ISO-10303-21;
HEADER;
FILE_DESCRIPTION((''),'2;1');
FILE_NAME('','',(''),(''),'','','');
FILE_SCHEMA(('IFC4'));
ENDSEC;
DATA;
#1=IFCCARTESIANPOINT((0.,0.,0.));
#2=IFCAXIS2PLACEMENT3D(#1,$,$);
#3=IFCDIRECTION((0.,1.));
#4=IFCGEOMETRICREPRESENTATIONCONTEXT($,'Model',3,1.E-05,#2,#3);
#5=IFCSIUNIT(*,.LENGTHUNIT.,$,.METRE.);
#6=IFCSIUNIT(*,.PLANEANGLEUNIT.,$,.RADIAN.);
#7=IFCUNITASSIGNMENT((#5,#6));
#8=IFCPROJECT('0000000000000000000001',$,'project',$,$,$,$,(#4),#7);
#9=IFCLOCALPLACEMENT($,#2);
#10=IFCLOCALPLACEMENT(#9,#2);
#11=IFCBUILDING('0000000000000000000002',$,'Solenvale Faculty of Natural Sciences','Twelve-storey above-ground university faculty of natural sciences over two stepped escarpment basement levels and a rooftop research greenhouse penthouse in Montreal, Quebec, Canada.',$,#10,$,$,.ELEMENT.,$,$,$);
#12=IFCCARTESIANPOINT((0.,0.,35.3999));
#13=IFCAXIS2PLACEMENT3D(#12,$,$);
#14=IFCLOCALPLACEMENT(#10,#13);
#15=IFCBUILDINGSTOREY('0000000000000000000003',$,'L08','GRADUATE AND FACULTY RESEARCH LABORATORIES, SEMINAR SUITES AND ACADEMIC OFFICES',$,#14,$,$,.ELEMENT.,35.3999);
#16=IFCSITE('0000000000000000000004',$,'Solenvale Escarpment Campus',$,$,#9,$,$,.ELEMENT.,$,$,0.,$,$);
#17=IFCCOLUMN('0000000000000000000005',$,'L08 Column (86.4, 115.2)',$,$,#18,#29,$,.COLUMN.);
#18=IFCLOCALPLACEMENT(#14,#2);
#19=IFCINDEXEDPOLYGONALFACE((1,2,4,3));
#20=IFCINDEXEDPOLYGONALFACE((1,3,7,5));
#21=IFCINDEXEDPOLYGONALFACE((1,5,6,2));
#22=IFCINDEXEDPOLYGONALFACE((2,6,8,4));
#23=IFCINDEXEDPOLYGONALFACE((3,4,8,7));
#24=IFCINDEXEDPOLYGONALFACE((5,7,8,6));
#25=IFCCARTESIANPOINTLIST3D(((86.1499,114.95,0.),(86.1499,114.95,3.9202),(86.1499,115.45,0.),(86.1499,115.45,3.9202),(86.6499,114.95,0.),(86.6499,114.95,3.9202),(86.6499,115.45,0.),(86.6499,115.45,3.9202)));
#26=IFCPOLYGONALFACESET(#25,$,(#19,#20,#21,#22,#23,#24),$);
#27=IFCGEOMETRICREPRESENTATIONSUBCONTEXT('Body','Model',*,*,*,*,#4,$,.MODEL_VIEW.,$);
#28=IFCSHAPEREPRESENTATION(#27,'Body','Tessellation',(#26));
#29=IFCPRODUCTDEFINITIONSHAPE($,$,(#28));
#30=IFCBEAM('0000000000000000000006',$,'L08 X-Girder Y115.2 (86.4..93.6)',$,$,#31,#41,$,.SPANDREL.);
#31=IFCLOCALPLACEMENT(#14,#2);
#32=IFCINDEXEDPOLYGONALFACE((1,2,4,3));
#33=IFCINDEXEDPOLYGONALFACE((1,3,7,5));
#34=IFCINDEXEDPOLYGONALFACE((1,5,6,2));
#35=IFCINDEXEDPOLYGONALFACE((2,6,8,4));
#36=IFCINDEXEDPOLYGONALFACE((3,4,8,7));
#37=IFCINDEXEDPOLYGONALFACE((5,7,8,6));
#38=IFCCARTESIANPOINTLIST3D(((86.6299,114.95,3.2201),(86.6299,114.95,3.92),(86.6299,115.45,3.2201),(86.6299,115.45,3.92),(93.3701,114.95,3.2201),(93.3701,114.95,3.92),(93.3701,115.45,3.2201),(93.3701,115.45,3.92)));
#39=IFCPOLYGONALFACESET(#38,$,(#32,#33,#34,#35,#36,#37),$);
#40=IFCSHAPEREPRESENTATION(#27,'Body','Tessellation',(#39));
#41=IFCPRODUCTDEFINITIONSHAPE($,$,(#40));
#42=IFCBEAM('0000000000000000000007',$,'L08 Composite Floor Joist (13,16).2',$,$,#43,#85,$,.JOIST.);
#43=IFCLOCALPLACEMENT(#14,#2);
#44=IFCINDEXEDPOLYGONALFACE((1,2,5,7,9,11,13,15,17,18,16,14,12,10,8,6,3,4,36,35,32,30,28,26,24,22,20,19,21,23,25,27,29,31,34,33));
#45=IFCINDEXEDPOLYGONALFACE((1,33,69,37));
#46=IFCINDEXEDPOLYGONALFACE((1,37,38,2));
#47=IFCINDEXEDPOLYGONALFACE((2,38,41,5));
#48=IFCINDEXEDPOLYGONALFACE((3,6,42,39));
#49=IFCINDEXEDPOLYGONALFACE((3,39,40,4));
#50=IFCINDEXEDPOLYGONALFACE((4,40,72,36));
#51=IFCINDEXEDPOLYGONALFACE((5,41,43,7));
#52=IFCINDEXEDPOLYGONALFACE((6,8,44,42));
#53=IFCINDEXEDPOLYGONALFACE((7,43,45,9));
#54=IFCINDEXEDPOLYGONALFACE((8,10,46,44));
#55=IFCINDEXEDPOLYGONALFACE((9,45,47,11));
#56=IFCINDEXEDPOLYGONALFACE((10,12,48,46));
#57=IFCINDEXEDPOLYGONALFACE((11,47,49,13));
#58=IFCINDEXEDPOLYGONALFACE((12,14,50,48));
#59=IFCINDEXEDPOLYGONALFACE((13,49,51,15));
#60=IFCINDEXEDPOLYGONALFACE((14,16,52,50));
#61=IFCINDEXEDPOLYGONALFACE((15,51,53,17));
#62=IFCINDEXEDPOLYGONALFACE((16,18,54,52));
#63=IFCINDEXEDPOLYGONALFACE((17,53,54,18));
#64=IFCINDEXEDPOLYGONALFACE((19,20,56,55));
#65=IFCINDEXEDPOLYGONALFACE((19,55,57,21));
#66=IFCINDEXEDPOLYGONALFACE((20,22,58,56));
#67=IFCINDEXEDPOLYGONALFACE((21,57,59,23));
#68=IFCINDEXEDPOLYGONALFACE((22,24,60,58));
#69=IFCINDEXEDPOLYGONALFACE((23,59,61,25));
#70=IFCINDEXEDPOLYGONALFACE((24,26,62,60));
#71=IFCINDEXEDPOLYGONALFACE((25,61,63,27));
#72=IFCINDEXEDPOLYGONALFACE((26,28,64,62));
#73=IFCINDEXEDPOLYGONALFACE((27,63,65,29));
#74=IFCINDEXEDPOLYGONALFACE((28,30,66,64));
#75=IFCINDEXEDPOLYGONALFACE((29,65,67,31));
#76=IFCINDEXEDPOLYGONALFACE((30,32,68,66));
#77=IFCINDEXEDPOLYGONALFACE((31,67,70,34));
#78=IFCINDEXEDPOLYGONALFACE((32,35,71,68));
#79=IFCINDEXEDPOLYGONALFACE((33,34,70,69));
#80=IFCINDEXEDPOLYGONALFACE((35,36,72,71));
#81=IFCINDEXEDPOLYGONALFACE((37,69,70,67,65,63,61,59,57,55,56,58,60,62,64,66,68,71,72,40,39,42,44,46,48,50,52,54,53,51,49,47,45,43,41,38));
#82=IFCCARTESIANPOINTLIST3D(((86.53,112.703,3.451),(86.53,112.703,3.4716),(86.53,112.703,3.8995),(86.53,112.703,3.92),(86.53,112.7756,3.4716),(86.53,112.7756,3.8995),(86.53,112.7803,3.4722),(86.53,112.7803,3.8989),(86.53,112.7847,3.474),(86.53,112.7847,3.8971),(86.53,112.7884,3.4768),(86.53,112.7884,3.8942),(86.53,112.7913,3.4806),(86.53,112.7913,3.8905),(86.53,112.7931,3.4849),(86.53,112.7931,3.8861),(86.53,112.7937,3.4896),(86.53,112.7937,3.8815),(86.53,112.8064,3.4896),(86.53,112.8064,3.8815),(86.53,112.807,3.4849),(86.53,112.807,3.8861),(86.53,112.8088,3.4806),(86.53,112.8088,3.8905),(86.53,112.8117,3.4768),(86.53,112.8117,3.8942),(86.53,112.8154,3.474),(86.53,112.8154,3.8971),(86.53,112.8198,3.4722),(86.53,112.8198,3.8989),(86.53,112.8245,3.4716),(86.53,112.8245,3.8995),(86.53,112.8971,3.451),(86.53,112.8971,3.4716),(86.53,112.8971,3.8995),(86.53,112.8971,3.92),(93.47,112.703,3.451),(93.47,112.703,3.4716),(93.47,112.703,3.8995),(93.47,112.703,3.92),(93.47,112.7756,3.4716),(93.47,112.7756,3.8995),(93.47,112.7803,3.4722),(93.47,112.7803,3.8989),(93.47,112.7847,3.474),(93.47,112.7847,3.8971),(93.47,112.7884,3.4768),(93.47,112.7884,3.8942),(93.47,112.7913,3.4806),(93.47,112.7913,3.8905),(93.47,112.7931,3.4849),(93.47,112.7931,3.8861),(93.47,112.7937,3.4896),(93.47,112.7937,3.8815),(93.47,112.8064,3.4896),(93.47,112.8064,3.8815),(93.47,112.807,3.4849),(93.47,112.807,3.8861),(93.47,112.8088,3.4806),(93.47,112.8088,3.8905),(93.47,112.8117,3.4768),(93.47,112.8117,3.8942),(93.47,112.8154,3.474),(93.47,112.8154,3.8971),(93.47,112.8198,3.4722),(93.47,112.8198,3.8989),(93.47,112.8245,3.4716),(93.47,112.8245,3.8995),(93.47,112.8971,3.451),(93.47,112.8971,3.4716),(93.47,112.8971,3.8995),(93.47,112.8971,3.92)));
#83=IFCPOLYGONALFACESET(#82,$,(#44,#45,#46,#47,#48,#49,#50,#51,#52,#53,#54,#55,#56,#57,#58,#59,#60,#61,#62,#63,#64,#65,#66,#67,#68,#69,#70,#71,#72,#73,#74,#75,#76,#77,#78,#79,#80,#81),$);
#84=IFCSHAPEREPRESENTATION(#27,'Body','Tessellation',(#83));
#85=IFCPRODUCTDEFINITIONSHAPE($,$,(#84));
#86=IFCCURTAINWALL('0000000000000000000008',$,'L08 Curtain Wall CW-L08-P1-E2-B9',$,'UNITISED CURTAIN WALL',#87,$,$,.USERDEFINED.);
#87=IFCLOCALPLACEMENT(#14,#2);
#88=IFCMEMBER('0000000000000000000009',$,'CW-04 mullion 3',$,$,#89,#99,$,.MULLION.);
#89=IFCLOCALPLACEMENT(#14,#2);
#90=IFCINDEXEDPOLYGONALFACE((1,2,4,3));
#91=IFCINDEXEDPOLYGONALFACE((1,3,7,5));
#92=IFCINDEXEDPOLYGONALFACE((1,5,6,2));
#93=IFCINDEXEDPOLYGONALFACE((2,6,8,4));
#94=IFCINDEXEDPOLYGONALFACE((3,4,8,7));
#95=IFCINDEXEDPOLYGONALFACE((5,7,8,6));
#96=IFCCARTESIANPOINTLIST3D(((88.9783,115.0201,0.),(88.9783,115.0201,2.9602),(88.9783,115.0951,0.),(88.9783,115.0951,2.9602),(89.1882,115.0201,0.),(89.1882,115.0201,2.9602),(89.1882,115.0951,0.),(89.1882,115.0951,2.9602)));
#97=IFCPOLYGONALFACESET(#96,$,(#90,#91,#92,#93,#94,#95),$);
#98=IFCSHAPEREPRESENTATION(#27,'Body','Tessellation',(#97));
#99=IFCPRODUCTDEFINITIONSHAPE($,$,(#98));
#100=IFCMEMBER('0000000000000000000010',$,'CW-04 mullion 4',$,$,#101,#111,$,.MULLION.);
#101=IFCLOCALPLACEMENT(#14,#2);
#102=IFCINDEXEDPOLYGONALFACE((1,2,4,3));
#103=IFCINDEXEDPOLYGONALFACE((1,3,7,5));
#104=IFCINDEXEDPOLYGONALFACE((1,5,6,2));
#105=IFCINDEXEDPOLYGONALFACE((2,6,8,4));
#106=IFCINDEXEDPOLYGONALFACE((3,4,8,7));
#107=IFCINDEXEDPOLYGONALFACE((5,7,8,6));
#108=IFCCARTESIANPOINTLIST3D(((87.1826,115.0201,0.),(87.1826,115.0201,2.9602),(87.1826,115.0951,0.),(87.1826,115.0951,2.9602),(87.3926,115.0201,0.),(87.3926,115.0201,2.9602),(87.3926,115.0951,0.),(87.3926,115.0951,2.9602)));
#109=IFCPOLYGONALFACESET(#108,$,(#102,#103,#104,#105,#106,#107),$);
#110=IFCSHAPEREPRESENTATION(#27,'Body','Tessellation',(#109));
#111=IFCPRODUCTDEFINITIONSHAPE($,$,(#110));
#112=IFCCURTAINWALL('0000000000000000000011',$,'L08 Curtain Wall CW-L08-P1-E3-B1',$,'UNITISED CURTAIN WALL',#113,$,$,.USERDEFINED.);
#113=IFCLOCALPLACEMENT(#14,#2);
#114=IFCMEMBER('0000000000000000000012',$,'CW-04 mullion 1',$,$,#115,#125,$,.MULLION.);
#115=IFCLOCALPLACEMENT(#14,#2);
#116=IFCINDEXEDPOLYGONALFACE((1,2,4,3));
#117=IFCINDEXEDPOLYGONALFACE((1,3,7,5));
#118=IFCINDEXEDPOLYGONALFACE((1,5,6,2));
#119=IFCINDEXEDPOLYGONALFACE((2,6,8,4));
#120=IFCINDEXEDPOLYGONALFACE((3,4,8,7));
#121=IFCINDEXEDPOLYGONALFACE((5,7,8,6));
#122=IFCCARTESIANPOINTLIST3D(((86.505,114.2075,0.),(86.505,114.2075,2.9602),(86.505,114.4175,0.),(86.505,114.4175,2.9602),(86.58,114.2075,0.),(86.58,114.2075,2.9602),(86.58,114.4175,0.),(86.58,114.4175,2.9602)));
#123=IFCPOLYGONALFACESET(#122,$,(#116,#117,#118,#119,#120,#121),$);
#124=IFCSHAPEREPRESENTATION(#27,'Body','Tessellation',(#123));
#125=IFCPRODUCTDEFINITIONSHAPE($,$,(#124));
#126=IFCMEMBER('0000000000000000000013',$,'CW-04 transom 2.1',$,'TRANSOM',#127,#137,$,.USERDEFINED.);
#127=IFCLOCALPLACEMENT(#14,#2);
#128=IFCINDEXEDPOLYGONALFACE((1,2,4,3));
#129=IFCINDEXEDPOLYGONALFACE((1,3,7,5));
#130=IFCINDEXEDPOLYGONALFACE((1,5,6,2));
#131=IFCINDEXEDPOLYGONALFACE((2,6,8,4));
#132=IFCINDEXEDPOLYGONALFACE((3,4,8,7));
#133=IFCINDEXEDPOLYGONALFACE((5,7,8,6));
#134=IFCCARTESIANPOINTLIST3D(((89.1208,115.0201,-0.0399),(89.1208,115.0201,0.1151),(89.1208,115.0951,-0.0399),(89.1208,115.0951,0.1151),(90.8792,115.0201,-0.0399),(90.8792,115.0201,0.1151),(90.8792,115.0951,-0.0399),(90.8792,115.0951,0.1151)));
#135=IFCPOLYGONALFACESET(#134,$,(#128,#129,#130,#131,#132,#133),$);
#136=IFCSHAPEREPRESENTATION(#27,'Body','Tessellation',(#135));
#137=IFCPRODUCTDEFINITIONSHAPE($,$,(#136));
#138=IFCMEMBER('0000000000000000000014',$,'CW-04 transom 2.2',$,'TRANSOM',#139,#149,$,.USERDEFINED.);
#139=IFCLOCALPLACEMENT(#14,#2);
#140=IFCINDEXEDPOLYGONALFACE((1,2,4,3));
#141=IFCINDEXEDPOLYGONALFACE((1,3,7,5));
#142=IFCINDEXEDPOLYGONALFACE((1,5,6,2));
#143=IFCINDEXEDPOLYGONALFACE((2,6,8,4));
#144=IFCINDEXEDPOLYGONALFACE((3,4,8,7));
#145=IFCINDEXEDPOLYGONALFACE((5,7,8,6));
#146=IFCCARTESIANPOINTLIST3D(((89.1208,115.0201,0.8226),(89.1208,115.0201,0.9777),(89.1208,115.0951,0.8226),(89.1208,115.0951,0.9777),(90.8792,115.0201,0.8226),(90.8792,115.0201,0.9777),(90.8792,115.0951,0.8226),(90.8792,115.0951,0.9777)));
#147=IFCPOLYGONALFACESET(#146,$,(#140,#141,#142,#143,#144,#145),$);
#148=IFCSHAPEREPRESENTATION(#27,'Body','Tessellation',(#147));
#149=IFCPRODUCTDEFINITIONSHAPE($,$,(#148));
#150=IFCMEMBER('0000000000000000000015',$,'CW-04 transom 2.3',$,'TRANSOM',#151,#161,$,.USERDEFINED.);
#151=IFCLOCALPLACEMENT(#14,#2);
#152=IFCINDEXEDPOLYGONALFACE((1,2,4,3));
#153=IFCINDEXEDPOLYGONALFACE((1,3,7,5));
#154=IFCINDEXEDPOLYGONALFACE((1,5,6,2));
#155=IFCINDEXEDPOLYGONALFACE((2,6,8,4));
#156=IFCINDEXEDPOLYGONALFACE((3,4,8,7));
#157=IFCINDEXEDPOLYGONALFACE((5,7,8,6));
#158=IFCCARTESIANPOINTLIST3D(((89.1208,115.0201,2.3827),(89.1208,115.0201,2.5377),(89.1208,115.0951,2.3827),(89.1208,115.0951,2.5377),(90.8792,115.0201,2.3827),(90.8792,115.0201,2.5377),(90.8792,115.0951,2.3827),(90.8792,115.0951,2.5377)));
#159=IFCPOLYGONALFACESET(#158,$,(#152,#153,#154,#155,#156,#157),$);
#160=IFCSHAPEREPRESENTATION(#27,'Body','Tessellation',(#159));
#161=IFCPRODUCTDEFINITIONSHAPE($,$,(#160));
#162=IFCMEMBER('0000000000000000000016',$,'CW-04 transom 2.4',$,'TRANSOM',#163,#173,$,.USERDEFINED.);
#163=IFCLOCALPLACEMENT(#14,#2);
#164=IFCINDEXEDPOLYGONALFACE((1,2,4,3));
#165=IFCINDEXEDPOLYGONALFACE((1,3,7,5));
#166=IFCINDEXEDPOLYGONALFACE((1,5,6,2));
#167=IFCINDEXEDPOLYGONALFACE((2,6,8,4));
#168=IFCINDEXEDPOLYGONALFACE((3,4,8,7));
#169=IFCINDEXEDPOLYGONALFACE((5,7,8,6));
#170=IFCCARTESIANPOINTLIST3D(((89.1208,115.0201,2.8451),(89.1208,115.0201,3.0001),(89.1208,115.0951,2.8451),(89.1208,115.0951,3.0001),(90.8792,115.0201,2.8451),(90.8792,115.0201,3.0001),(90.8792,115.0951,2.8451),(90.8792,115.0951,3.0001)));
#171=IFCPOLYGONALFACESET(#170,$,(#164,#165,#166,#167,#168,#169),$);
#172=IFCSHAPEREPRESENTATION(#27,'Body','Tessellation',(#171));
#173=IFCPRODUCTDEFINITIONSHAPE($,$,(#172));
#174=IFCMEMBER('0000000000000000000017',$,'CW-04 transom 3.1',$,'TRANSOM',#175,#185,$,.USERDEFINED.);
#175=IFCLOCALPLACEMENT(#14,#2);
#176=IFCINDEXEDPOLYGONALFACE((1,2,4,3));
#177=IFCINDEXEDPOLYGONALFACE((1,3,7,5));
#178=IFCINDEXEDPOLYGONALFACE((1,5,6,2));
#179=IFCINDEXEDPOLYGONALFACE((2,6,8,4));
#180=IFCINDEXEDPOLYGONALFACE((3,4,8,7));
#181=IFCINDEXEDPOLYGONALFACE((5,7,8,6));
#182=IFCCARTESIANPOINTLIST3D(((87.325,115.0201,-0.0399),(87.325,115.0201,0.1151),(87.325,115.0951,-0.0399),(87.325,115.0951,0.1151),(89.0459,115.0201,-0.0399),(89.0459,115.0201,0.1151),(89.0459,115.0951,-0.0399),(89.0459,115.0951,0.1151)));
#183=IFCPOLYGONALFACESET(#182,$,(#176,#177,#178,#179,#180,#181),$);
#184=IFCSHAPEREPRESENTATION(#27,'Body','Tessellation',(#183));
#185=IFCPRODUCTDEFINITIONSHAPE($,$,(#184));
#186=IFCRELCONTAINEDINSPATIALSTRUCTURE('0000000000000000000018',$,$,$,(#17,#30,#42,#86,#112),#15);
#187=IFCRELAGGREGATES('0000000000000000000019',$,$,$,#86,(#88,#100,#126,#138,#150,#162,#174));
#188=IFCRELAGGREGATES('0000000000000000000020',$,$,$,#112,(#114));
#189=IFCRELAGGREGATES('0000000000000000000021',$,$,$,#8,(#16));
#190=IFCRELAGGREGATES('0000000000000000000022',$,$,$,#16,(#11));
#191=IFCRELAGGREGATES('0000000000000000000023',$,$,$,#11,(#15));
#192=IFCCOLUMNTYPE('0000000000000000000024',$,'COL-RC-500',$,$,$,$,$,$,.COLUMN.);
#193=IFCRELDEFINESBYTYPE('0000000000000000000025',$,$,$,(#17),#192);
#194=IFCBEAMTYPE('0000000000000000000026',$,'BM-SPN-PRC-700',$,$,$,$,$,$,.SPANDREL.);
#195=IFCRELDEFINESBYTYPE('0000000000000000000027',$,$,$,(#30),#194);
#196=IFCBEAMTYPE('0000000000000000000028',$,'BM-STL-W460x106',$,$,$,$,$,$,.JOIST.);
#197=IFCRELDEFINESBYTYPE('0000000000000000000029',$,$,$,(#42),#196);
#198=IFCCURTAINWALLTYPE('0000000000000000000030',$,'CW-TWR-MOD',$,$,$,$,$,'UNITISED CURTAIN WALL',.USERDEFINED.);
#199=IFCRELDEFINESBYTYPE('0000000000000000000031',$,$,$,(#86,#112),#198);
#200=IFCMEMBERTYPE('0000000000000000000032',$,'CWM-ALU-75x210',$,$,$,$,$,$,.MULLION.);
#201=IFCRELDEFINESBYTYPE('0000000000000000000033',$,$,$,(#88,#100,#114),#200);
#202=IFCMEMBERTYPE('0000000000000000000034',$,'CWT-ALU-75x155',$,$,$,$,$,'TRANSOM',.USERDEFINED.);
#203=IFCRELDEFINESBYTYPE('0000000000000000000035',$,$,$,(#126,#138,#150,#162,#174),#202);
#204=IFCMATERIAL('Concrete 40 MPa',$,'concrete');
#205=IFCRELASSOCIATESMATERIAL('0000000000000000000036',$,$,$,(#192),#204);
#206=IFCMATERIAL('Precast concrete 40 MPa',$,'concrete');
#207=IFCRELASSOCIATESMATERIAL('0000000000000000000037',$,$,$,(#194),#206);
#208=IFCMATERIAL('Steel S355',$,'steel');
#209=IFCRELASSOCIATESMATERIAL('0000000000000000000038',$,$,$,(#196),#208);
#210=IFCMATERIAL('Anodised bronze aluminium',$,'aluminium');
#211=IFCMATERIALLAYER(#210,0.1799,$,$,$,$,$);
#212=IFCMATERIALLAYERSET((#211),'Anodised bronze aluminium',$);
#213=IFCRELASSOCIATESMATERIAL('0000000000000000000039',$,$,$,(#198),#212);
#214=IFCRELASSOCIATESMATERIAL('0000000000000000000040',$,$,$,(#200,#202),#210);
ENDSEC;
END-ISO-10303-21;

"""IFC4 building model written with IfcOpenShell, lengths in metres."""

from ifc_helpers import new_model, si_unit, direction, frame, origin, origin_2d, place, context, subcontext, project, spatial, rectangle, i_section, extrude, material, layer, layer_set, material_profile, profile_set, type_object, element, aggregate, save


model = new_model("IFC4")

# Units and contexts
model_context = context("Model", 3, precision=1e-05, world=origin(), true_north=direction((0.0, 1.0)))
body_context = subcontext(model_context, "Body", "Model", "MODEL_VIEW")
ifc_project = project(units=[si_unit("LENGTHUNIT", "METRE"), si_unit("PLANEANGLEUNIT", "RADIAN")], contexts=[model_context])

# Site, building, storey
site_placement = place(None, origin())
site = spatial("IfcSite", under=ifc_project, at=site_placement, Name="Solenvale Escarpment Campus", CompositionType="ELEMENT", RefElevation=0.0)
building_placement = place(site_placement, origin())
building = spatial("IfcBuilding", under=site, at=building_placement, Name="Solenvale Faculty of Natural Sciences", Description="Twelve-storey above-ground university faculty of natural sciences over two stepped escarpment basement levels and a rooftop research greenhouse penthouse in Montreal, Quebec, Canada.", CompositionType="ELEMENT")
storey_placement = place(building_placement, frame((0.0, 0.0, 35.3999)))
storey = spatial("IfcBuildingStorey", under=building, at=storey_placement, Name="L08", Description="GRADUATE AND FACULTY RESEARCH LABORATORIES, SEMINAR SUITES AND ACADEMIC OFFICES", CompositionType="ELEMENT", Elevation=35.3999)

# Column
ifc_material_1 = material(Name="Concrete 40 MPa", Category="concrete")
ifc_material_profile_1 = material_profile(ifc_material_1, rectangle(XDim=0.5, YDim=0.5, at=origin_2d()), Name="RC-COL-500x500")
ifc_profile_set_1 = profile_set([ifc_material_profile_1], Name="Concrete 40 MPa")
column_type = type_object("IfcColumnType", Name="COL-RC-500", PredefinedType="COLUMN", material=ifc_profile_set_1)
column_placement = place(storey_placement, frame((86.3999, 115.2, 0.0), z_axis=(0.0, 0.0, 1.0), x_axis=(1.0, 0.0, 0.0)))
element("IfcColumn", 1, at=column_placement, inside=storey, type_object=column_type, Name="L08 Column (86.4, 115.2)", PredefinedType="COLUMN", context=body_context, shape_type="SweptSolid", body=[
    extrude(rectangle(XDim=0.5, YDim=0.5, at=origin_2d()), origin(), (0.0, 0.0, 1.0), 3.9202),
])

# Beams
ifc_material_2 = material(Name="Precast concrete 40 MPa", Category="concrete")
ifc_material_profile_2 = material_profile(ifc_material_2, rectangle(XDim=0.5, YDim=0.7, at=origin_2d()), Name="RC-BM-500x700")
ifc_profile_set_2 = profile_set([ifc_material_profile_2], Name="Precast concrete 40 MPa")
beam_type_1 = type_object("IfcBeamType", Name="BM-SPN-PRC-700", PredefinedType="SPANDREL", material=ifc_profile_set_2)
beam_1_placement = place(storey_placement, frame((86.6299, 115.2, 3.5701), z_axis=(1.0, 0.0, 0.0), x_axis=(0.0, 1.0, 0.0)))
element("IfcBeam", 2, at=beam_1_placement, inside=storey, type_object=beam_type_1, Name="L08 X-Girder Y115.2 (86.4..93.6)", PredefinedType="SPANDREL", context=body_context, shape_type="SweptSolid", body=[
    extrude(rectangle(XDim=0.5, YDim=0.7, at=origin_2d()), origin(), (0.0, 0.0, 1.0), 6.7402),
])
ifc_material_3 = material(Name="Steel S355", Category="steel")
ifc_material_profile_3 = material_profile(ifc_material_3, i_section(OverallWidth=0.1941, OverallDepth=0.469, WebThickness=0.0127, FlangeThickness=0.0205, FilletRadius=0.0181, at=origin_2d()), Name="W460x106")
ifc_profile_set_3 = profile_set([ifc_material_profile_3], Name="Steel S355")
beam_type_2 = type_object("IfcBeamType", Name="BM-STL-W460x106", PredefinedType="JOIST", material=ifc_profile_set_3)
beam_2_placement = place(storey_placement, frame((86.53, 112.8, 3.6855), z_axis=(1.0, 0.0, 0.0), x_axis=(0.0, 1.0, 0.0)))
element("IfcBeam", 3, at=beam_2_placement, inside=storey, type_object=beam_type_2, Name="L08 Composite Floor Joist (13,16).2", PredefinedType="JOIST", context=body_context, shape_type="SweptSolid", body=[
    extrude(i_section(OverallWidth=0.1941, OverallDepth=0.469, WebThickness=0.0127, FlangeThickness=0.0205, FilletRadius=0.0181, at=origin_2d()), origin(), (0.0, 0.0, 1.0), 6.9399),
])

# Curtain wall, members
ifc_material_4 = material(Name="Anodised bronze aluminium", Category="aluminium")
ifc_layer_1 = layer(ifc_material_4, 0.1799)
ifc_layer_set_1 = layer_set([ifc_layer_1], Name="Anodised bronze aluminium")
curtain_wall_type = type_object("IfcCurtainWallType", Name="CW-TWR-MOD", ElementType="UNITISED CURTAIN WALL", PredefinedType="USERDEFINED", material=ifc_layer_set_1)
curtain_wall_1_placement = place(storey_placement, origin())
curtain_wall_1 = element("IfcCurtainWall", 4, at=curtain_wall_1_placement, inside=storey, type_object=curtain_wall_type, Name="L08 Curtain Wall CW-L08-P1-E2-B9", ObjectType="UNITISED CURTAIN WALL", PredefinedType="USERDEFINED")
ifc_material_profile_4 = material_profile(ifc_material_4, rectangle(XDim=0.075, YDim=0.21, at=origin_2d()), Name="ALU-MUL-75x210")
ifc_profile_set_4 = profile_set([ifc_material_profile_4], Name="Anodised bronze aluminium")
member_type_1 = type_object("IfcMemberType", Name="CWM-ALU-75x210", PredefinedType="MULLION", material=ifc_profile_set_4)
member_1_placement = place(storey_placement, frame((89.0833, 115.0576, 0.0), z_axis=(0.0, 0.0, 1.0), x_axis=(0.0, -1.0, 0.0)))
member_1 = element("IfcMember", 5, at=member_1_placement, type_object=member_type_1, Name="CW-04 mullion 3", PredefinedType="MULLION", context=body_context, shape_type="SweptSolid", body=[
    extrude(rectangle(XDim=0.075, YDim=0.21, at=origin_2d()), origin(), (0.0, 0.0, 1.0), 2.9602),
])
member_2_placement = place(storey_placement, frame((87.2876, 115.0576, 0.0), z_axis=(0.0, 0.0, 1.0), x_axis=(0.0, -1.0, 0.0)))
member_2 = element("IfcMember", 6, at=member_2_placement, type_object=member_type_1, Name="CW-04 mullion 4", PredefinedType="MULLION", context=body_context, shape_type="SweptSolid", body=[
    extrude(rectangle(XDim=0.075, YDim=0.21, at=origin_2d()), origin(), (0.0, 0.0, 1.0), 2.9602),
])

# Curtain wall, member
curtain_wall_2_placement = place(storey_placement, origin())
curtain_wall_2 = element("IfcCurtainWall", 7, at=curtain_wall_2_placement, inside=storey, type_object=curtain_wall_type, Name="L08 Curtain Wall CW-L08-P1-E3-B1", ObjectType="UNITISED CURTAIN WALL", PredefinedType="USERDEFINED")
member_3_placement = place(storey_placement, frame((86.5425, 114.3125, 0.0), z_axis=(0.0, 0.0, 1.0), x_axis=(1.0, 0.0, 0.0)))
member_3 = element("IfcMember", 8, at=member_3_placement, type_object=member_type_1, Name="CW-04 mullion 1", PredefinedType="MULLION", context=body_context, shape_type="SweptSolid", body=[
    extrude(rectangle(XDim=0.075, YDim=0.21, at=origin_2d()), origin(), (0.0, 0.0, 1.0), 2.9602),
])

# Members
ifc_material_profile_5 = material_profile(ifc_material_4, rectangle(XDim=0.075, YDim=0.155, at=origin_2d()), Name="ALU-TRN-75x155")
ifc_profile_set_5 = profile_set([ifc_material_profile_5], Name="Anodised bronze aluminium")
member_type_2 = type_object("IfcMemberType", Name="CWT-ALU-75x155", ElementType="TRANSOM", PredefinedType="USERDEFINED", material=ifc_profile_set_5)
member_4_placement = place(storey_placement, frame((90.8792, 115.0576, 0.0376), z_axis=(-1.0, 0.0, 0.0), x_axis=(0.0, -1.0, 0.0)))
member_4 = element("IfcMember", 9, at=member_4_placement, type_object=member_type_2, Name="CW-04 transom 2.1", ObjectType="TRANSOM", PredefinedType="USERDEFINED", context=body_context, shape_type="SweptSolid", body=[
    extrude(rectangle(XDim=0.075, YDim=0.155, at=origin_2d()), origin(), (0.0, 0.0, 1.0), 1.7583),
])
member_5_placement = place(storey_placement, frame((90.8792, 115.0576, 0.9001), z_axis=(-1.0, 0.0, 0.0), x_axis=(0.0, -1.0, 0.0)))
member_5 = element("IfcMember", 10, at=member_5_placement, type_object=member_type_2, Name="CW-04 transom 2.2", ObjectType="TRANSOM", PredefinedType="USERDEFINED", context=body_context, shape_type="SweptSolid", body=[
    extrude(rectangle(XDim=0.075, YDim=0.155, at=origin_2d()), origin(), (0.0, 0.0, 1.0), 1.7583),
])
member_6_placement = place(storey_placement, frame((90.8792, 115.0576, 2.4602), z_axis=(-1.0, 0.0, 0.0), x_axis=(0.0, -1.0, 0.0)))
member_6 = element("IfcMember", 11, at=member_6_placement, type_object=member_type_2, Name="CW-04 transom 2.3", ObjectType="TRANSOM", PredefinedType="USERDEFINED", context=body_context, shape_type="SweptSolid", body=[
    extrude(rectangle(XDim=0.075, YDim=0.155, at=origin_2d()), origin(), (0.0, 0.0, 1.0), 1.7583),
])
member_7_placement = place(storey_placement, frame((90.8792, 115.0576, 2.9226), z_axis=(-1.0, 0.0, 0.0), x_axis=(0.0, -1.0, 0.0)))
member_7 = element("IfcMember", 12, at=member_7_placement, type_object=member_type_2, Name="CW-04 transom 2.4", ObjectType="TRANSOM", PredefinedType="USERDEFINED", context=body_context, shape_type="SweptSolid", body=[
    extrude(rectangle(XDim=0.075, YDim=0.155, at=origin_2d()), origin(), (0.0, 0.0, 1.0), 1.7583),
])
member_8_placement = place(storey_placement, frame((89.0459, 115.0576, 0.0376), z_axis=(-1.0, 0.0, 0.0), x_axis=(0.0, -1.0, 0.0)))
member_8 = element("IfcMember", 13, at=member_8_placement, type_object=member_type_2, Name="CW-04 transom 3.1", ObjectType="TRANSOM", PredefinedType="USERDEFINED", context=body_context, shape_type="SweptSolid", body=[
    extrude(rectangle(XDim=0.075, YDim=0.155, at=origin_2d()), origin(), (0.0, 0.0, 1.0), 1.7209),
])

aggregate(curtain_wall_1, [member_1, member_2, member_4, member_5, member_6, member_7, member_8])
aggregate(curtain_wall_2, [member_3])

save(model, "model.ifc")
